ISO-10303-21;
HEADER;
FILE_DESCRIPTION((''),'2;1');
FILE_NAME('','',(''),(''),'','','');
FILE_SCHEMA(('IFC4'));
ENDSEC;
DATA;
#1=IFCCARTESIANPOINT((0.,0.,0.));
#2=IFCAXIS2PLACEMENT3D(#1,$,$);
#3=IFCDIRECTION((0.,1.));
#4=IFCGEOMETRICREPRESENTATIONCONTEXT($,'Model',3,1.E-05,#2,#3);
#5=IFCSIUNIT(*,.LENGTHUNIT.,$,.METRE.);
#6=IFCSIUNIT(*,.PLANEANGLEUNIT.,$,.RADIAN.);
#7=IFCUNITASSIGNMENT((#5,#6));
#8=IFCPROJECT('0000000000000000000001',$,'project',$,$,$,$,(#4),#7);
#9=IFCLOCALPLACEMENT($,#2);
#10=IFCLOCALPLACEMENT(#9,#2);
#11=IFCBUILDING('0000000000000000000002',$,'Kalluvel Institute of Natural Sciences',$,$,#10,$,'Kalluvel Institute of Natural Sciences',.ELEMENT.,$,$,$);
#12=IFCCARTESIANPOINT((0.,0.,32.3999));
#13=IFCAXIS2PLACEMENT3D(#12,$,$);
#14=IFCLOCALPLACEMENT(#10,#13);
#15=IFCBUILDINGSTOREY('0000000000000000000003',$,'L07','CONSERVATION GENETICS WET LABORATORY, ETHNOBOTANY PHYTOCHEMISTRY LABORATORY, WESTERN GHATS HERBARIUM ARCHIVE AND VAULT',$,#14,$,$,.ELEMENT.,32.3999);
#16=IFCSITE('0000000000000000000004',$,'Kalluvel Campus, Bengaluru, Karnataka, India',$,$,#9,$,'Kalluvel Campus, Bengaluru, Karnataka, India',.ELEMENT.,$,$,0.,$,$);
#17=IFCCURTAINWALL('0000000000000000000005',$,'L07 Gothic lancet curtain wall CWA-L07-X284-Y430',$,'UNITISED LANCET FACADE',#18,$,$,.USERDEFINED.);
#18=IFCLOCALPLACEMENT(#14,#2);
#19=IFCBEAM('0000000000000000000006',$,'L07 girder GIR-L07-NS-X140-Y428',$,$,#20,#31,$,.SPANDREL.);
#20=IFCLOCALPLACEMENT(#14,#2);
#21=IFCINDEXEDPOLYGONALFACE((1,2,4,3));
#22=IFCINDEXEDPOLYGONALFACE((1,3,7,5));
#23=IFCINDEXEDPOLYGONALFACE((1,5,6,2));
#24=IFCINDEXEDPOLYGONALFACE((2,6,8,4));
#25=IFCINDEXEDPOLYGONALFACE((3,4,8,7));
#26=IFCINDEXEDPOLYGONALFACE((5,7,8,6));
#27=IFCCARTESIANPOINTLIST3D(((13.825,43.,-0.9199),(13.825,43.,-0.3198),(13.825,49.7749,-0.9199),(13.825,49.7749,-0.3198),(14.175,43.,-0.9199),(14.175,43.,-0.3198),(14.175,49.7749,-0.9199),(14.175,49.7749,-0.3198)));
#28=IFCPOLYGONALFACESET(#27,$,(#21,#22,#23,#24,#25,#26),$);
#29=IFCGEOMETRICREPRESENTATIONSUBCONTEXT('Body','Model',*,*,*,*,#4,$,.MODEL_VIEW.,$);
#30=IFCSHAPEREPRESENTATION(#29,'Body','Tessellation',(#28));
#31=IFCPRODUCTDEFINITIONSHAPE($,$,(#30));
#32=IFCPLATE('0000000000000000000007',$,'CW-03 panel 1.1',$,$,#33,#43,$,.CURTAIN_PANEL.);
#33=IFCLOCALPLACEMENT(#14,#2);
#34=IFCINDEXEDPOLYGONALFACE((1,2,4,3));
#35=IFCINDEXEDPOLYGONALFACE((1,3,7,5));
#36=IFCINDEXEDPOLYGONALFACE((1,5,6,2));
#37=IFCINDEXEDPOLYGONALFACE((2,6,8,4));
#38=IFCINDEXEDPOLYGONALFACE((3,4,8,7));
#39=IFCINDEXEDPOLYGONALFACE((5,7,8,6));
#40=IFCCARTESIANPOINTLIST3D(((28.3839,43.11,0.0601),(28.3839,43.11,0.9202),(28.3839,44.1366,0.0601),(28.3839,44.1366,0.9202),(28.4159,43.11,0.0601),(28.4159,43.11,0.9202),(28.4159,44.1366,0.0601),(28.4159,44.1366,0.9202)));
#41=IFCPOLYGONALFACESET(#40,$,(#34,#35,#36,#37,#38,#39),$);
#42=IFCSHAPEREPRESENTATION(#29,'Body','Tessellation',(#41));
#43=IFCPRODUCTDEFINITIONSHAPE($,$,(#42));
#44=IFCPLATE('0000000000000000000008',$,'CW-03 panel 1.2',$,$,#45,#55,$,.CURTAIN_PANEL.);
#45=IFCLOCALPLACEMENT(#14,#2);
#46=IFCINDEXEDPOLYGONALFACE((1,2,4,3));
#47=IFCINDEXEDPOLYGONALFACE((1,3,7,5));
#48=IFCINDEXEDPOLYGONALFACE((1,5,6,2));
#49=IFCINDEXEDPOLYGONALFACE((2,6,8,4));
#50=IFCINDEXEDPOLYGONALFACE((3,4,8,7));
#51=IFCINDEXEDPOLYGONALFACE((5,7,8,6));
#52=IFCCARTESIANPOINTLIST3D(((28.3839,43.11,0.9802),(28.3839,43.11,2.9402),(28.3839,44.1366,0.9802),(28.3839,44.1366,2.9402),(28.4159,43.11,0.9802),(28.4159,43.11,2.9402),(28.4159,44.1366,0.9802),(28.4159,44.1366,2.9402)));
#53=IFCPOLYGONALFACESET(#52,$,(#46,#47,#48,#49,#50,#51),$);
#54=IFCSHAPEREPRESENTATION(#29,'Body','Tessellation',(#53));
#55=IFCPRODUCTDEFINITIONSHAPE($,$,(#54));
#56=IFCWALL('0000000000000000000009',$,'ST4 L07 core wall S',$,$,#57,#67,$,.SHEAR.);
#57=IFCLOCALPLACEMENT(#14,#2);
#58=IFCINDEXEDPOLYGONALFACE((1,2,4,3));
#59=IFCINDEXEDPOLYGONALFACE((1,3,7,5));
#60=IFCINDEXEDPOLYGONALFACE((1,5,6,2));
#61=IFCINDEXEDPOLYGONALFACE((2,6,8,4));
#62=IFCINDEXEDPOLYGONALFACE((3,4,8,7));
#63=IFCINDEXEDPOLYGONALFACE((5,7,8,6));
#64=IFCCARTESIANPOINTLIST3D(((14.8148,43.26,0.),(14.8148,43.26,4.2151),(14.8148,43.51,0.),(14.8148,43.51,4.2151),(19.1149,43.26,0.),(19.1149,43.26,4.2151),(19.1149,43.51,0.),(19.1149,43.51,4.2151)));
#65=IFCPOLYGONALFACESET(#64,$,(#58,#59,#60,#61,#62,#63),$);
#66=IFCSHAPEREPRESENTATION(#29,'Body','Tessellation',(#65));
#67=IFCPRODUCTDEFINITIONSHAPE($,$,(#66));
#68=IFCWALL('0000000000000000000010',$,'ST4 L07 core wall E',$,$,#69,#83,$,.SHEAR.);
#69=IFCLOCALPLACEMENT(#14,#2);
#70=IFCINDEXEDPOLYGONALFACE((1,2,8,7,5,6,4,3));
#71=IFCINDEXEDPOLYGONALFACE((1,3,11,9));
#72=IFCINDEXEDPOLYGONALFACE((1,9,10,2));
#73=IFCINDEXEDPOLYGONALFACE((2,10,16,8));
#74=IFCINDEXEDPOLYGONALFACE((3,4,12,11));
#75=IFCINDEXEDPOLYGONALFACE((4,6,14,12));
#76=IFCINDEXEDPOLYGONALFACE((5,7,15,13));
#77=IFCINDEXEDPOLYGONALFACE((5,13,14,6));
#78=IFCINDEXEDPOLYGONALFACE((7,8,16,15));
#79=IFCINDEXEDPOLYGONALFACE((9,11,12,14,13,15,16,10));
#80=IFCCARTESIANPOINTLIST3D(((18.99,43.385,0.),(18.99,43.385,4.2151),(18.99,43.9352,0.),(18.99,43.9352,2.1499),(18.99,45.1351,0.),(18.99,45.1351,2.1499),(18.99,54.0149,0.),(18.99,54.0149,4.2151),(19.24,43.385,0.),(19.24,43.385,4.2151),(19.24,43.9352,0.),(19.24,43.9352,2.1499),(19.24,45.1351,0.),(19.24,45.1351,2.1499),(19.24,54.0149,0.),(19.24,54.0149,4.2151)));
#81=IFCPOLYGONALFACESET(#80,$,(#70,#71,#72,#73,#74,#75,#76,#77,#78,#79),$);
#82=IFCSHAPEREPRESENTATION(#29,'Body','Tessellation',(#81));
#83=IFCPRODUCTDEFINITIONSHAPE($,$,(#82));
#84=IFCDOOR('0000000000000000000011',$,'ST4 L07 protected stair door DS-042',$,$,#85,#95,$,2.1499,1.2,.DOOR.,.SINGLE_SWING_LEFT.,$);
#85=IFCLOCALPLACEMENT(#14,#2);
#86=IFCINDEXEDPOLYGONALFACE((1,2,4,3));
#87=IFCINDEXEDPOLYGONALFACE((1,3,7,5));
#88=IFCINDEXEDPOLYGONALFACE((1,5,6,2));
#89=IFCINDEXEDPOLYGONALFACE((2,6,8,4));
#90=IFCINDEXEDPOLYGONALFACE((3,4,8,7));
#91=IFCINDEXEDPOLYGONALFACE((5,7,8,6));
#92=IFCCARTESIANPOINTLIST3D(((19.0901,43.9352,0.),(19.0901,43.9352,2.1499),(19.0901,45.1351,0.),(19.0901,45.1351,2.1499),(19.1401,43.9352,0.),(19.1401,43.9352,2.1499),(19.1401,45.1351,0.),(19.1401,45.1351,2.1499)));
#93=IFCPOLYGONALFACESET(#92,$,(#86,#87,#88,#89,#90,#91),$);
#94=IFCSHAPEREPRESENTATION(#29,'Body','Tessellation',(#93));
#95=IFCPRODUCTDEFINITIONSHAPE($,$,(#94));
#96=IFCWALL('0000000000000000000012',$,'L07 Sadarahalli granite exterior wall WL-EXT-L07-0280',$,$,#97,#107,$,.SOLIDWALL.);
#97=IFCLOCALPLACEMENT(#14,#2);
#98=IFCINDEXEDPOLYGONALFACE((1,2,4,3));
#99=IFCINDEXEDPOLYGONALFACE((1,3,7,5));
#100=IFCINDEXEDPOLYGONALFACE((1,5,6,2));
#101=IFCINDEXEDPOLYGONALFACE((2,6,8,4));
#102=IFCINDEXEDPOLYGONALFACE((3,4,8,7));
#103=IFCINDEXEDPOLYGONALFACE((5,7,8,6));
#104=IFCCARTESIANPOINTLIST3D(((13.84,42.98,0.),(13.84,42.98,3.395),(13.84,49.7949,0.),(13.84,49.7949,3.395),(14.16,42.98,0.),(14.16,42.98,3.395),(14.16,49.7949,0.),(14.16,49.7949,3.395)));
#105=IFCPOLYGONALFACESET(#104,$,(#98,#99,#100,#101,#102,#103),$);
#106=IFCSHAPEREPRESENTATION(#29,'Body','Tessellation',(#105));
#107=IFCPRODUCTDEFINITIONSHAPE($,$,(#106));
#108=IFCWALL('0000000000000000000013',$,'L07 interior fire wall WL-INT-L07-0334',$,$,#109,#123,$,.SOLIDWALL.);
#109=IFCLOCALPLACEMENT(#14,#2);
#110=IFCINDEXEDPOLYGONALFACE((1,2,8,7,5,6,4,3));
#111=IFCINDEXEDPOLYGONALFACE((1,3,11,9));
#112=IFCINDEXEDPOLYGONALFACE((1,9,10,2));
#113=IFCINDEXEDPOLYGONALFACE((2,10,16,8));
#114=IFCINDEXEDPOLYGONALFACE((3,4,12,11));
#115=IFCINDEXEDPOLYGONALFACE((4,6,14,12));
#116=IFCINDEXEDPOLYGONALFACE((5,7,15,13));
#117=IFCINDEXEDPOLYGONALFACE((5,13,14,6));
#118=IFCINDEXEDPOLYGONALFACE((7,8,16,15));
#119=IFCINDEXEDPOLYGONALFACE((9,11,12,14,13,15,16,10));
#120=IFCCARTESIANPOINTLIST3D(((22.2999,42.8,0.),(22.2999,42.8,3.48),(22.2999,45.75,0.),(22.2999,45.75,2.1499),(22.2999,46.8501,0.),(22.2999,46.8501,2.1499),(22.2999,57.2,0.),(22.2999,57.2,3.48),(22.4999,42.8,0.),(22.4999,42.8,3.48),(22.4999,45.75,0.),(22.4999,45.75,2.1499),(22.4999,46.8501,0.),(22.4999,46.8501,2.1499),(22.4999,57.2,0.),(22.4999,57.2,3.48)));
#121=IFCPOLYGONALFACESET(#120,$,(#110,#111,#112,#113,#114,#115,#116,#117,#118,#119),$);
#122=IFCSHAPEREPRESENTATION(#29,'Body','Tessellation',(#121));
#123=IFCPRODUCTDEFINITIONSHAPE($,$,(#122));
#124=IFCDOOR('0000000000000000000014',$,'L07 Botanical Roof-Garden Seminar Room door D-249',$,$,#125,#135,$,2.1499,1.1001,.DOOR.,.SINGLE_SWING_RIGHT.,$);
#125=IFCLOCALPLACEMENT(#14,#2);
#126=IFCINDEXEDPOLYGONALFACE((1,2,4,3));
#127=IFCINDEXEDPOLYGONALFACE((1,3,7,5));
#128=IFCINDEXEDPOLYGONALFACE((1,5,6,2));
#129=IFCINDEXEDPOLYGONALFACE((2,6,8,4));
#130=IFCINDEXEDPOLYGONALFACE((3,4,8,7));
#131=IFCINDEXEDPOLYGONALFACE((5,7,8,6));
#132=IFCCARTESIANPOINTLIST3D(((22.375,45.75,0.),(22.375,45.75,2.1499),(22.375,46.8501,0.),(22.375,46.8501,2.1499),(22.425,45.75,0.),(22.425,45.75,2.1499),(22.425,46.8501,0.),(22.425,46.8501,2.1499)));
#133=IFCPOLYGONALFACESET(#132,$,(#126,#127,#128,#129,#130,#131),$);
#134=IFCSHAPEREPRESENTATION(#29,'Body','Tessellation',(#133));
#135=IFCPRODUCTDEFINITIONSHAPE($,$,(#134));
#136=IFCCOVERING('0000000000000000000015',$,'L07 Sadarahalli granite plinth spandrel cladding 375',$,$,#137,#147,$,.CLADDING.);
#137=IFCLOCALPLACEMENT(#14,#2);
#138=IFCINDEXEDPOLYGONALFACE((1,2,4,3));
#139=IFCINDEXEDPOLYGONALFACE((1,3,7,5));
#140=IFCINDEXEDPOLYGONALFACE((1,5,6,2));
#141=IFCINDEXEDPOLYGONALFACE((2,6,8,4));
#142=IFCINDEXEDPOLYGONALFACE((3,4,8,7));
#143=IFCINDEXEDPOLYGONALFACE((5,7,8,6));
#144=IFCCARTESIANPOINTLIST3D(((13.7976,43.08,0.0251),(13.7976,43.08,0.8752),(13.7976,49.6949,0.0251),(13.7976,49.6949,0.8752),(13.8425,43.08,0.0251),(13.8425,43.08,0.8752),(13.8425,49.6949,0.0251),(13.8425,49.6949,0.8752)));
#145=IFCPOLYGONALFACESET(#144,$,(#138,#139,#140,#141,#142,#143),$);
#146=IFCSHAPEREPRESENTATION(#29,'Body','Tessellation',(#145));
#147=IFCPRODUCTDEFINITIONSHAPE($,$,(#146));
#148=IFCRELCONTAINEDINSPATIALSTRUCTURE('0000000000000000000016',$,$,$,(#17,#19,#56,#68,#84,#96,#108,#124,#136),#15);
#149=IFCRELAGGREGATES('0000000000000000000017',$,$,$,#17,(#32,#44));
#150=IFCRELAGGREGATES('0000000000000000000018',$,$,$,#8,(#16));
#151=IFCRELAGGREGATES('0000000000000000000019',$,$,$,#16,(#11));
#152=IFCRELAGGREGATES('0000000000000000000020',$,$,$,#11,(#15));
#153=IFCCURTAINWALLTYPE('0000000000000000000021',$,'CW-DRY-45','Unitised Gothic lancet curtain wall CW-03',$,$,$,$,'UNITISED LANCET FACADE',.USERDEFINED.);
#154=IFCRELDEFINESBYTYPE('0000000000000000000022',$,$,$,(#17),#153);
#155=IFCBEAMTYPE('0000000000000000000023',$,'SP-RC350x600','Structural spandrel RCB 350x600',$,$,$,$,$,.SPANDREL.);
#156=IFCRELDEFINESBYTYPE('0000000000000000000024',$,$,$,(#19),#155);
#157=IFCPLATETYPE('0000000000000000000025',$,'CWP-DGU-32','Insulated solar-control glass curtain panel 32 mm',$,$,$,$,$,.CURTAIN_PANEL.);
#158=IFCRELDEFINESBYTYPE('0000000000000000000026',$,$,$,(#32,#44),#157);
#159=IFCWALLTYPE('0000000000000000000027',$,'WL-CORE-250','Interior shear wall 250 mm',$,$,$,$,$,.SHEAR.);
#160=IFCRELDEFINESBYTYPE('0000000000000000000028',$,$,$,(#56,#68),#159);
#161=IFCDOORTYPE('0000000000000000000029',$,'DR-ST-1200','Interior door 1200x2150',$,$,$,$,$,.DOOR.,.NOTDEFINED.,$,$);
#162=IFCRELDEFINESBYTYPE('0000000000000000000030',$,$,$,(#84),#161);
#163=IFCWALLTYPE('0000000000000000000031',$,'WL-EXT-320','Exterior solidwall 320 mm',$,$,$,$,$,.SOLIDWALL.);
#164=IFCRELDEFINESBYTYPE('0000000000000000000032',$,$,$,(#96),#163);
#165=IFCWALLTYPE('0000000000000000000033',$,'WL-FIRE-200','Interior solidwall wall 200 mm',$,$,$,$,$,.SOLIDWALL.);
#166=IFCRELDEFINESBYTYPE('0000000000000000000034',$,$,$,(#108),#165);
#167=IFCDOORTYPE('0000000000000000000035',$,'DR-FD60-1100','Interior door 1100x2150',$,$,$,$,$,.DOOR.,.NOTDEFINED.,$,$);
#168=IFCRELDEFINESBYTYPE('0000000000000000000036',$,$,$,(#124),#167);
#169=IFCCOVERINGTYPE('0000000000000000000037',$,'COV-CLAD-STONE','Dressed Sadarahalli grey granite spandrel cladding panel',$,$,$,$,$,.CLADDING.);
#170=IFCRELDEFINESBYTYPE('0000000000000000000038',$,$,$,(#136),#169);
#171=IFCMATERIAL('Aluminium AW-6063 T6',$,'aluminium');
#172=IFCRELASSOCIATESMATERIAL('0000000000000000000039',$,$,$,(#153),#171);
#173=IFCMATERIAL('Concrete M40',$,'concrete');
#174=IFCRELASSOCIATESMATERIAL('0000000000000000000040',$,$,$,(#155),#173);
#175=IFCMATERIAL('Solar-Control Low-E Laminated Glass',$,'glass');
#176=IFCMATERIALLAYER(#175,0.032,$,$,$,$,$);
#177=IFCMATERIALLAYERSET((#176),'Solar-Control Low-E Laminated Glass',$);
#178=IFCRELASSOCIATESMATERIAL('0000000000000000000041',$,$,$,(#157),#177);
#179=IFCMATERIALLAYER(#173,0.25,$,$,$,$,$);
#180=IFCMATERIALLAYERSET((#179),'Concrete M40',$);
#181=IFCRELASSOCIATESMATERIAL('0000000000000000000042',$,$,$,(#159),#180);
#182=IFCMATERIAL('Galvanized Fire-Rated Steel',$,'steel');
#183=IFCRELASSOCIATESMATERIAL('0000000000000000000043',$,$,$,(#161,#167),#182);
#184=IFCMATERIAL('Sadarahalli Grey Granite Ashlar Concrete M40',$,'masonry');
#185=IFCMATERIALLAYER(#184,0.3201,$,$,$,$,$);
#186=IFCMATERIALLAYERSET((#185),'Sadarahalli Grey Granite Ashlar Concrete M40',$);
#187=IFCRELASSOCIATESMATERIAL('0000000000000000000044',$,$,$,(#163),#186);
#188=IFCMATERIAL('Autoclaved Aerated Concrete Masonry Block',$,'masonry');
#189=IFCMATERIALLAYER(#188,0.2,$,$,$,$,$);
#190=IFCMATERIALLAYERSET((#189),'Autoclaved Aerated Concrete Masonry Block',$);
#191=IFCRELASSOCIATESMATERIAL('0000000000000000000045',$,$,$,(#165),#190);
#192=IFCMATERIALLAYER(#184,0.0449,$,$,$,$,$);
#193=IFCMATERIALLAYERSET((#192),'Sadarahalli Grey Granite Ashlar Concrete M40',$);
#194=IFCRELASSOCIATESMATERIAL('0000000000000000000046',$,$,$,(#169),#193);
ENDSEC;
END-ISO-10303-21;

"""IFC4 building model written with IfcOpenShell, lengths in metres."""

from ifc_helpers import new_model, si_unit, direction, frame, frame_2d, origin, origin_2d, place, context, subcontext, project, spatial, rectangle, extrude, material, layer, layer_set, material_profile, profile_set, type_object, element, fill, aggregate, save


model = new_model("IFC4")

# Units and contexts
model_context = context("Model", 3, precision=1e-05, world=origin(), true_north=direction((0.0, 1.0)))
body_context = subcontext(model_context, "Body", "Model", "MODEL_VIEW")
ifc_project = project(units=[si_unit("LENGTHUNIT", "METRE"), si_unit("PLANEANGLEUNIT", "RADIAN")], contexts=[model_context])

# Site, building, storey
site_placement = place(None, origin())
site = spatial("IfcSite", under=ifc_project, at=site_placement, Name="Kalluvel Campus, Bengaluru, Karnataka, India", LongName="Kalluvel Campus, Bengaluru, Karnataka, India", CompositionType="ELEMENT", RefElevation=0.0)
building_placement = place(site_placement, origin())
building = spatial("IfcBuilding", under=site, at=building_placement, Name="Kalluvel Institute of Natural Sciences", LongName="Kalluvel Institute of Natural Sciences", CompositionType="ELEMENT")
storey_placement = place(building_placement, frame((0.0, 0.0, 32.3999)))
storey = spatial("IfcBuildingStorey", under=building, at=storey_placement, Name="L07", Description="CONSERVATION GENETICS WET LABORATORY, ETHNOBOTANY PHYTOCHEMISTRY LABORATORY, WESTERN GHATS HERBARIUM ARCHIVE AND VAULT", CompositionType="ELEMENT", Elevation=32.3999)

# Shared definitions
ifc_material_1 = material(Name="Concrete M40", Category="concrete")

# Curtain wall
ifc_material_2 = material(Name="Aluminium AW-6063 T6", Category="aluminium")
curtain_wall_type = type_object("IfcCurtainWallType", Name="CW-DRY-45", Description="Unitised Gothic lancet curtain wall CW-03", ElementType="UNITISED LANCET FACADE", PredefinedType="USERDEFINED", material=ifc_material_2)
curtain_wall_placement = place(storey_placement, origin())
curtain_wall = element("IfcCurtainWall", 1, at=curtain_wall_placement, inside=storey, type_object=curtain_wall_type, Name="L07 Gothic lancet curtain wall CWA-L07-X284-Y430", ObjectType="UNITISED LANCET FACADE", PredefinedType="USERDEFINED")

# Beam
ifc_material_profile_1 = material_profile(ifc_material_1, rectangle(XDim=0.3501, YDim=0.6001, at=origin_2d()), Name="RCB 350x600")
ifc_profile_set_1 = profile_set([ifc_material_profile_1], Name="Concrete M40")
beam_type_1 = type_object("IfcBeamType", Name="SP-RC350x600", Description="Structural spandrel RCB 350x600", PredefinedType="SPANDREL", material=ifc_profile_set_1)
beam_1_placement = place(storey_placement, frame((14.0, 43.0, -0.6199), z_axis=(0.0, 1.0, 0.0), x_axis=(-1.0, 0.0, 0.0)))
element("IfcBeam", 2, at=beam_1_placement, inside=storey, type_object=beam_type_1, Name="L07 girder GIR-L07-NS-X140-Y428", PredefinedType="SPANDREL", context=body_context, shape_type="SweptSolid", body=[
    extrude(rectangle(XDim=0.3501, YDim=0.6001, at=origin_2d()), origin(), (0.0, 0.0, 1.0), 6.7749),
])

# Plates
ifc_material_3 = material(Name="Solar-Control Low-E Laminated Glass", Category="glass")
ifc_layer_1 = layer(ifc_material_3, 0.032)
ifc_layer_set_1 = layer_set([ifc_layer_1], Name="Solar-Control Low-E Laminated Glass")
plate_type = type_object("IfcPlateType", Name="CWP-DGU-32", Description="Insulated solar-control glass curtain panel 32 mm", PredefinedType="CURTAIN_PANEL", material=ifc_layer_set_1)
plate_1_placement = place(storey_placement, frame((28.3999, 43.6233, 0.0601), z_axis=(0.0, 0.0, 1.0), x_axis=(0.0, 1.0, 0.0)))
plate_1 = element("IfcPlate", 3, at=plate_1_placement, type_object=plate_type, Name="CW-03 panel 1.1", PredefinedType="CURTAIN_PANEL", context=body_context, shape_type="SweptSolid", body=[
    extrude(rectangle(XDim=1.0266, YDim=0.032, at=origin_2d()), origin(), (0.0, 0.0, 1.0), 0.8601),
])
plate_2_placement = place(storey_placement, frame((28.3999, 43.6233, 0.9802), z_axis=(0.0, 0.0, 1.0), x_axis=(0.0, 1.0, 0.0)))
plate_2 = element("IfcPlate", 4, at=plate_2_placement, type_object=plate_type, Name="CW-03 panel 1.2", PredefinedType="CURTAIN_PANEL", context=body_context, shape_type="SweptSolid", body=[
    extrude(rectangle(XDim=1.0266, YDim=0.032, at=origin_2d()), origin(), (0.0, 0.0, 1.0), 1.96),
])
aggregate(curtain_wall, [plate_1, plate_2])

# Wall
ifc_layer_2 = layer(ifc_material_1, 0.25)
ifc_layer_set_2 = layer_set([ifc_layer_2], Name="Concrete M40")
wall_type_1 = type_object("IfcWallType", Name="WL-CORE-250", Description="Interior shear wall 250 mm", PredefinedType="SHEAR", material=ifc_layer_set_2)
wall_1_placement = place(storey_placement, frame((14.8149, 43.385, 0.0), z_axis=(0.0, 0.0, 1.0), x_axis=(1.0, 0.0, 0.0)))
element("IfcWall", 5, at=wall_1_placement, inside=storey, type_object=wall_type_1, Name="ST4 L07 core wall S", PredefinedType="SHEAR", context=body_context, shape_type="SweptSolid", body=[
    extrude(rectangle(XDim=4.3, YDim=0.25, at=frame_2d((2.1499, 0.0))), origin(), (0.0, 0.0, 1.0), 4.2151),
])

# Wall, opening, door
wall_2_placement = place(storey_placement, frame((19.115, 43.385, 0.0), z_axis=(0.0, 0.0, 1.0), x_axis=(0.0, 1.0, 0.0)))
wall_2 = element("IfcWall", 6, at=wall_2_placement, inside=storey, type_object=wall_type_1, Name="ST4 L07 core wall E", PredefinedType="SHEAR", context=body_context, shape_type="SweptSolid", body=[
    extrude(rectangle(XDim=10.6299, YDim=0.25, at=frame_2d((5.3149, 0.0))), origin(), (0.0, 0.0, 1.0), 4.2151),
])
opening_1_placement = place(wall_2_placement, frame((0.55, 0.0, 0.0)))
opening_1 = element("IfcOpeningElement", 7, at=opening_1_placement, cuts=wall_2, PredefinedType="OPENING", context=body_context, shape_type="SweptSolid", body=[
    extrude(rectangle(XDim=1.2, YDim=2.1499, at=frame_2d((0.6001, 1.075))), frame((0.0, 0.135, 0.0), z_axis=(0.0, -1.0, 0.0), x_axis=(1.0, 0.0, 0.0)), (0.0, 0.0, 1.0), 0.27),
])
ifc_material_4 = material(Name="Galvanized Fire-Rated Steel", Category="steel")
door_type_1 = type_object("IfcDoorType", Name="DR-ST-1200", Description="Interior door 1200x2150", OperationType="NOTDEFINED", PredefinedType="DOOR", material=ifc_material_4)
door_1_placement = place(opening_1_placement, origin())
door_1 = element("IfcDoor", 8, at=door_1_placement, inside=storey, type_object=door_type_1, Name="ST4 L07 protected stair door DS-042", OperationType="SINGLE_SWING_LEFT", OverallHeight=2.1499, OverallWidth=1.2, PredefinedType="DOOR", context=body_context, shape_type="SweptSolid", body=[
    extrude(rectangle(XDim=1.2, YDim=2.1499, at=frame_2d((0.6001, 1.075))), frame((0.0, 0.0249, 0.0), z_axis=(0.0, -1.0, 0.0), x_axis=(1.0, 0.0, 0.0)), (0.0, 0.0, 1.0), 0.05),
])
fill(opening_1, door_1)

# Wall
ifc_material_5 = material(Name="Sadarahalli Grey Granite Ashlar Concrete M40", Category="masonry")
ifc_layer_3 = layer(ifc_material_5, 0.3201)
ifc_layer_set_3 = layer_set([ifc_layer_3], Name="Sadarahalli Grey Granite Ashlar Concrete M40")
wall_type_2 = type_object("IfcWallType", Name="WL-EXT-320", Description="Exterior solidwall 320 mm", PredefinedType="SOLIDWALL", material=ifc_layer_set_3)
wall_3_placement = place(storey_placement, frame((14.0, 42.98, 0.0), z_axis=(0.0, 0.0, 1.0), x_axis=(0.0, 1.0, 0.0)))
element("IfcWall", 9, at=wall_3_placement, inside=storey, type_object=wall_type_2, Name="L07 Sadarahalli granite exterior wall WL-EXT-L07-0280", PredefinedType="SOLIDWALL", context=body_context, shape_type="SweptSolid", body=[
    extrude(rectangle(XDim=6.8149, YDim=0.3201, at=frame_2d((3.4075, 0.0))), origin(), (0.0, 0.0, 1.0), 3.395),
])

# Wall, opening, door
ifc_material_6 = material(Name="Autoclaved Aerated Concrete Masonry Block", Category="masonry")
ifc_layer_4 = layer(ifc_material_6, 0.2)
ifc_layer_set_4 = layer_set([ifc_layer_4], Name="Autoclaved Aerated Concrete Masonry Block")
wall_type_3 = type_object("IfcWallType", Name="WL-FIRE-200", Description="Interior solidwall wall 200 mm", PredefinedType="SOLIDWALL", material=ifc_layer_set_4)
wall_4_placement = place(storey_placement, frame((22.3999, 42.8, 0.0), z_axis=(0.0, 0.0, 1.0), x_axis=(0.0, 1.0, 0.0)))
wall_4 = element("IfcWall", 10, at=wall_4_placement, inside=storey, type_object=wall_type_3, Name="L07 interior fire wall WL-INT-L07-0334", PredefinedType="SOLIDWALL", context=body_context, shape_type="SweptSolid", body=[
    extrude(rectangle(XDim=14.3999, YDim=0.2, at=frame_2d((7.2, 0.0))), origin(), (0.0, 0.0, 1.0), 3.48),
])
opening_2_placement = place(wall_4_placement, frame((2.95, 0.0, 0.0)))
opening_2 = element("IfcOpeningElement", 11, at=opening_2_placement, cuts=wall_4, PredefinedType="OPENING", context=body_context, shape_type="SweptSolid", body=[
    extrude(rectangle(XDim=1.1001, YDim=2.1499, at=frame_2d((0.55, 1.075))), frame((0.0, 0.1099, 0.0), z_axis=(0.0, -1.0, 0.0), x_axis=(1.0, 0.0, 0.0)), (0.0, 0.0, 1.0), 0.22),
])
door_type_2 = type_object("IfcDoorType", Name="DR-FD60-1100", Description="Interior door 1100x2150", OperationType="NOTDEFINED", PredefinedType="DOOR", material=ifc_material_4)
door_2_placement = place(opening_2_placement, origin())
door_2 = element("IfcDoor", 12, at=door_2_placement, inside=storey, type_object=door_type_2, Name="L07 Botanical Roof-Garden Seminar Room door D-249", OperationType="SINGLE_SWING_RIGHT", OverallHeight=2.1499, OverallWidth=1.1001, PredefinedType="DOOR", context=body_context, shape_type="SweptSolid", body=[
    extrude(rectangle(XDim=1.1001, YDim=2.1499, at=frame_2d((0.55, 1.075))), frame((0.0, 0.0249, 0.0), z_axis=(0.0, -1.0, 0.0), x_axis=(1.0, 0.0, 0.0)), (0.0, 0.0, 1.0), 0.05),
])
fill(opening_2, door_2)

# Covering
ifc_layer_5 = layer(ifc_material_5, 0.0449)
ifc_layer_set_5 = layer_set([ifc_layer_5], Name="Sadarahalli Grey Granite Ashlar Concrete M40")
covering_type = type_object("IfcCoveringType", Name="COV-CLAD-STONE", Description="Dressed Sadarahalli grey granite spandrel cladding panel", PredefinedType="CLADDING", material=ifc_layer_set_5)
covering_placement = place(storey_placement, frame((13.8201, 46.3875, 0.0251), z_axis=(0.0, 0.0, 1.0), x_axis=(0.0, 1.0, 0.0)))
element("IfcCovering", 13, at=covering_placement, inside=storey, type_object=covering_type, Name="L07 Sadarahalli granite plinth spandrel cladding 375", PredefinedType="CLADDING", context=body_context, shape_type="SweptSolid", body=[
    extrude(rectangle(XDim=6.615, YDim=0.0449, at=origin_2d()), origin(), (0.0, 0.0, 1.0), 0.8501),
])

save(model, "model.ifc")
